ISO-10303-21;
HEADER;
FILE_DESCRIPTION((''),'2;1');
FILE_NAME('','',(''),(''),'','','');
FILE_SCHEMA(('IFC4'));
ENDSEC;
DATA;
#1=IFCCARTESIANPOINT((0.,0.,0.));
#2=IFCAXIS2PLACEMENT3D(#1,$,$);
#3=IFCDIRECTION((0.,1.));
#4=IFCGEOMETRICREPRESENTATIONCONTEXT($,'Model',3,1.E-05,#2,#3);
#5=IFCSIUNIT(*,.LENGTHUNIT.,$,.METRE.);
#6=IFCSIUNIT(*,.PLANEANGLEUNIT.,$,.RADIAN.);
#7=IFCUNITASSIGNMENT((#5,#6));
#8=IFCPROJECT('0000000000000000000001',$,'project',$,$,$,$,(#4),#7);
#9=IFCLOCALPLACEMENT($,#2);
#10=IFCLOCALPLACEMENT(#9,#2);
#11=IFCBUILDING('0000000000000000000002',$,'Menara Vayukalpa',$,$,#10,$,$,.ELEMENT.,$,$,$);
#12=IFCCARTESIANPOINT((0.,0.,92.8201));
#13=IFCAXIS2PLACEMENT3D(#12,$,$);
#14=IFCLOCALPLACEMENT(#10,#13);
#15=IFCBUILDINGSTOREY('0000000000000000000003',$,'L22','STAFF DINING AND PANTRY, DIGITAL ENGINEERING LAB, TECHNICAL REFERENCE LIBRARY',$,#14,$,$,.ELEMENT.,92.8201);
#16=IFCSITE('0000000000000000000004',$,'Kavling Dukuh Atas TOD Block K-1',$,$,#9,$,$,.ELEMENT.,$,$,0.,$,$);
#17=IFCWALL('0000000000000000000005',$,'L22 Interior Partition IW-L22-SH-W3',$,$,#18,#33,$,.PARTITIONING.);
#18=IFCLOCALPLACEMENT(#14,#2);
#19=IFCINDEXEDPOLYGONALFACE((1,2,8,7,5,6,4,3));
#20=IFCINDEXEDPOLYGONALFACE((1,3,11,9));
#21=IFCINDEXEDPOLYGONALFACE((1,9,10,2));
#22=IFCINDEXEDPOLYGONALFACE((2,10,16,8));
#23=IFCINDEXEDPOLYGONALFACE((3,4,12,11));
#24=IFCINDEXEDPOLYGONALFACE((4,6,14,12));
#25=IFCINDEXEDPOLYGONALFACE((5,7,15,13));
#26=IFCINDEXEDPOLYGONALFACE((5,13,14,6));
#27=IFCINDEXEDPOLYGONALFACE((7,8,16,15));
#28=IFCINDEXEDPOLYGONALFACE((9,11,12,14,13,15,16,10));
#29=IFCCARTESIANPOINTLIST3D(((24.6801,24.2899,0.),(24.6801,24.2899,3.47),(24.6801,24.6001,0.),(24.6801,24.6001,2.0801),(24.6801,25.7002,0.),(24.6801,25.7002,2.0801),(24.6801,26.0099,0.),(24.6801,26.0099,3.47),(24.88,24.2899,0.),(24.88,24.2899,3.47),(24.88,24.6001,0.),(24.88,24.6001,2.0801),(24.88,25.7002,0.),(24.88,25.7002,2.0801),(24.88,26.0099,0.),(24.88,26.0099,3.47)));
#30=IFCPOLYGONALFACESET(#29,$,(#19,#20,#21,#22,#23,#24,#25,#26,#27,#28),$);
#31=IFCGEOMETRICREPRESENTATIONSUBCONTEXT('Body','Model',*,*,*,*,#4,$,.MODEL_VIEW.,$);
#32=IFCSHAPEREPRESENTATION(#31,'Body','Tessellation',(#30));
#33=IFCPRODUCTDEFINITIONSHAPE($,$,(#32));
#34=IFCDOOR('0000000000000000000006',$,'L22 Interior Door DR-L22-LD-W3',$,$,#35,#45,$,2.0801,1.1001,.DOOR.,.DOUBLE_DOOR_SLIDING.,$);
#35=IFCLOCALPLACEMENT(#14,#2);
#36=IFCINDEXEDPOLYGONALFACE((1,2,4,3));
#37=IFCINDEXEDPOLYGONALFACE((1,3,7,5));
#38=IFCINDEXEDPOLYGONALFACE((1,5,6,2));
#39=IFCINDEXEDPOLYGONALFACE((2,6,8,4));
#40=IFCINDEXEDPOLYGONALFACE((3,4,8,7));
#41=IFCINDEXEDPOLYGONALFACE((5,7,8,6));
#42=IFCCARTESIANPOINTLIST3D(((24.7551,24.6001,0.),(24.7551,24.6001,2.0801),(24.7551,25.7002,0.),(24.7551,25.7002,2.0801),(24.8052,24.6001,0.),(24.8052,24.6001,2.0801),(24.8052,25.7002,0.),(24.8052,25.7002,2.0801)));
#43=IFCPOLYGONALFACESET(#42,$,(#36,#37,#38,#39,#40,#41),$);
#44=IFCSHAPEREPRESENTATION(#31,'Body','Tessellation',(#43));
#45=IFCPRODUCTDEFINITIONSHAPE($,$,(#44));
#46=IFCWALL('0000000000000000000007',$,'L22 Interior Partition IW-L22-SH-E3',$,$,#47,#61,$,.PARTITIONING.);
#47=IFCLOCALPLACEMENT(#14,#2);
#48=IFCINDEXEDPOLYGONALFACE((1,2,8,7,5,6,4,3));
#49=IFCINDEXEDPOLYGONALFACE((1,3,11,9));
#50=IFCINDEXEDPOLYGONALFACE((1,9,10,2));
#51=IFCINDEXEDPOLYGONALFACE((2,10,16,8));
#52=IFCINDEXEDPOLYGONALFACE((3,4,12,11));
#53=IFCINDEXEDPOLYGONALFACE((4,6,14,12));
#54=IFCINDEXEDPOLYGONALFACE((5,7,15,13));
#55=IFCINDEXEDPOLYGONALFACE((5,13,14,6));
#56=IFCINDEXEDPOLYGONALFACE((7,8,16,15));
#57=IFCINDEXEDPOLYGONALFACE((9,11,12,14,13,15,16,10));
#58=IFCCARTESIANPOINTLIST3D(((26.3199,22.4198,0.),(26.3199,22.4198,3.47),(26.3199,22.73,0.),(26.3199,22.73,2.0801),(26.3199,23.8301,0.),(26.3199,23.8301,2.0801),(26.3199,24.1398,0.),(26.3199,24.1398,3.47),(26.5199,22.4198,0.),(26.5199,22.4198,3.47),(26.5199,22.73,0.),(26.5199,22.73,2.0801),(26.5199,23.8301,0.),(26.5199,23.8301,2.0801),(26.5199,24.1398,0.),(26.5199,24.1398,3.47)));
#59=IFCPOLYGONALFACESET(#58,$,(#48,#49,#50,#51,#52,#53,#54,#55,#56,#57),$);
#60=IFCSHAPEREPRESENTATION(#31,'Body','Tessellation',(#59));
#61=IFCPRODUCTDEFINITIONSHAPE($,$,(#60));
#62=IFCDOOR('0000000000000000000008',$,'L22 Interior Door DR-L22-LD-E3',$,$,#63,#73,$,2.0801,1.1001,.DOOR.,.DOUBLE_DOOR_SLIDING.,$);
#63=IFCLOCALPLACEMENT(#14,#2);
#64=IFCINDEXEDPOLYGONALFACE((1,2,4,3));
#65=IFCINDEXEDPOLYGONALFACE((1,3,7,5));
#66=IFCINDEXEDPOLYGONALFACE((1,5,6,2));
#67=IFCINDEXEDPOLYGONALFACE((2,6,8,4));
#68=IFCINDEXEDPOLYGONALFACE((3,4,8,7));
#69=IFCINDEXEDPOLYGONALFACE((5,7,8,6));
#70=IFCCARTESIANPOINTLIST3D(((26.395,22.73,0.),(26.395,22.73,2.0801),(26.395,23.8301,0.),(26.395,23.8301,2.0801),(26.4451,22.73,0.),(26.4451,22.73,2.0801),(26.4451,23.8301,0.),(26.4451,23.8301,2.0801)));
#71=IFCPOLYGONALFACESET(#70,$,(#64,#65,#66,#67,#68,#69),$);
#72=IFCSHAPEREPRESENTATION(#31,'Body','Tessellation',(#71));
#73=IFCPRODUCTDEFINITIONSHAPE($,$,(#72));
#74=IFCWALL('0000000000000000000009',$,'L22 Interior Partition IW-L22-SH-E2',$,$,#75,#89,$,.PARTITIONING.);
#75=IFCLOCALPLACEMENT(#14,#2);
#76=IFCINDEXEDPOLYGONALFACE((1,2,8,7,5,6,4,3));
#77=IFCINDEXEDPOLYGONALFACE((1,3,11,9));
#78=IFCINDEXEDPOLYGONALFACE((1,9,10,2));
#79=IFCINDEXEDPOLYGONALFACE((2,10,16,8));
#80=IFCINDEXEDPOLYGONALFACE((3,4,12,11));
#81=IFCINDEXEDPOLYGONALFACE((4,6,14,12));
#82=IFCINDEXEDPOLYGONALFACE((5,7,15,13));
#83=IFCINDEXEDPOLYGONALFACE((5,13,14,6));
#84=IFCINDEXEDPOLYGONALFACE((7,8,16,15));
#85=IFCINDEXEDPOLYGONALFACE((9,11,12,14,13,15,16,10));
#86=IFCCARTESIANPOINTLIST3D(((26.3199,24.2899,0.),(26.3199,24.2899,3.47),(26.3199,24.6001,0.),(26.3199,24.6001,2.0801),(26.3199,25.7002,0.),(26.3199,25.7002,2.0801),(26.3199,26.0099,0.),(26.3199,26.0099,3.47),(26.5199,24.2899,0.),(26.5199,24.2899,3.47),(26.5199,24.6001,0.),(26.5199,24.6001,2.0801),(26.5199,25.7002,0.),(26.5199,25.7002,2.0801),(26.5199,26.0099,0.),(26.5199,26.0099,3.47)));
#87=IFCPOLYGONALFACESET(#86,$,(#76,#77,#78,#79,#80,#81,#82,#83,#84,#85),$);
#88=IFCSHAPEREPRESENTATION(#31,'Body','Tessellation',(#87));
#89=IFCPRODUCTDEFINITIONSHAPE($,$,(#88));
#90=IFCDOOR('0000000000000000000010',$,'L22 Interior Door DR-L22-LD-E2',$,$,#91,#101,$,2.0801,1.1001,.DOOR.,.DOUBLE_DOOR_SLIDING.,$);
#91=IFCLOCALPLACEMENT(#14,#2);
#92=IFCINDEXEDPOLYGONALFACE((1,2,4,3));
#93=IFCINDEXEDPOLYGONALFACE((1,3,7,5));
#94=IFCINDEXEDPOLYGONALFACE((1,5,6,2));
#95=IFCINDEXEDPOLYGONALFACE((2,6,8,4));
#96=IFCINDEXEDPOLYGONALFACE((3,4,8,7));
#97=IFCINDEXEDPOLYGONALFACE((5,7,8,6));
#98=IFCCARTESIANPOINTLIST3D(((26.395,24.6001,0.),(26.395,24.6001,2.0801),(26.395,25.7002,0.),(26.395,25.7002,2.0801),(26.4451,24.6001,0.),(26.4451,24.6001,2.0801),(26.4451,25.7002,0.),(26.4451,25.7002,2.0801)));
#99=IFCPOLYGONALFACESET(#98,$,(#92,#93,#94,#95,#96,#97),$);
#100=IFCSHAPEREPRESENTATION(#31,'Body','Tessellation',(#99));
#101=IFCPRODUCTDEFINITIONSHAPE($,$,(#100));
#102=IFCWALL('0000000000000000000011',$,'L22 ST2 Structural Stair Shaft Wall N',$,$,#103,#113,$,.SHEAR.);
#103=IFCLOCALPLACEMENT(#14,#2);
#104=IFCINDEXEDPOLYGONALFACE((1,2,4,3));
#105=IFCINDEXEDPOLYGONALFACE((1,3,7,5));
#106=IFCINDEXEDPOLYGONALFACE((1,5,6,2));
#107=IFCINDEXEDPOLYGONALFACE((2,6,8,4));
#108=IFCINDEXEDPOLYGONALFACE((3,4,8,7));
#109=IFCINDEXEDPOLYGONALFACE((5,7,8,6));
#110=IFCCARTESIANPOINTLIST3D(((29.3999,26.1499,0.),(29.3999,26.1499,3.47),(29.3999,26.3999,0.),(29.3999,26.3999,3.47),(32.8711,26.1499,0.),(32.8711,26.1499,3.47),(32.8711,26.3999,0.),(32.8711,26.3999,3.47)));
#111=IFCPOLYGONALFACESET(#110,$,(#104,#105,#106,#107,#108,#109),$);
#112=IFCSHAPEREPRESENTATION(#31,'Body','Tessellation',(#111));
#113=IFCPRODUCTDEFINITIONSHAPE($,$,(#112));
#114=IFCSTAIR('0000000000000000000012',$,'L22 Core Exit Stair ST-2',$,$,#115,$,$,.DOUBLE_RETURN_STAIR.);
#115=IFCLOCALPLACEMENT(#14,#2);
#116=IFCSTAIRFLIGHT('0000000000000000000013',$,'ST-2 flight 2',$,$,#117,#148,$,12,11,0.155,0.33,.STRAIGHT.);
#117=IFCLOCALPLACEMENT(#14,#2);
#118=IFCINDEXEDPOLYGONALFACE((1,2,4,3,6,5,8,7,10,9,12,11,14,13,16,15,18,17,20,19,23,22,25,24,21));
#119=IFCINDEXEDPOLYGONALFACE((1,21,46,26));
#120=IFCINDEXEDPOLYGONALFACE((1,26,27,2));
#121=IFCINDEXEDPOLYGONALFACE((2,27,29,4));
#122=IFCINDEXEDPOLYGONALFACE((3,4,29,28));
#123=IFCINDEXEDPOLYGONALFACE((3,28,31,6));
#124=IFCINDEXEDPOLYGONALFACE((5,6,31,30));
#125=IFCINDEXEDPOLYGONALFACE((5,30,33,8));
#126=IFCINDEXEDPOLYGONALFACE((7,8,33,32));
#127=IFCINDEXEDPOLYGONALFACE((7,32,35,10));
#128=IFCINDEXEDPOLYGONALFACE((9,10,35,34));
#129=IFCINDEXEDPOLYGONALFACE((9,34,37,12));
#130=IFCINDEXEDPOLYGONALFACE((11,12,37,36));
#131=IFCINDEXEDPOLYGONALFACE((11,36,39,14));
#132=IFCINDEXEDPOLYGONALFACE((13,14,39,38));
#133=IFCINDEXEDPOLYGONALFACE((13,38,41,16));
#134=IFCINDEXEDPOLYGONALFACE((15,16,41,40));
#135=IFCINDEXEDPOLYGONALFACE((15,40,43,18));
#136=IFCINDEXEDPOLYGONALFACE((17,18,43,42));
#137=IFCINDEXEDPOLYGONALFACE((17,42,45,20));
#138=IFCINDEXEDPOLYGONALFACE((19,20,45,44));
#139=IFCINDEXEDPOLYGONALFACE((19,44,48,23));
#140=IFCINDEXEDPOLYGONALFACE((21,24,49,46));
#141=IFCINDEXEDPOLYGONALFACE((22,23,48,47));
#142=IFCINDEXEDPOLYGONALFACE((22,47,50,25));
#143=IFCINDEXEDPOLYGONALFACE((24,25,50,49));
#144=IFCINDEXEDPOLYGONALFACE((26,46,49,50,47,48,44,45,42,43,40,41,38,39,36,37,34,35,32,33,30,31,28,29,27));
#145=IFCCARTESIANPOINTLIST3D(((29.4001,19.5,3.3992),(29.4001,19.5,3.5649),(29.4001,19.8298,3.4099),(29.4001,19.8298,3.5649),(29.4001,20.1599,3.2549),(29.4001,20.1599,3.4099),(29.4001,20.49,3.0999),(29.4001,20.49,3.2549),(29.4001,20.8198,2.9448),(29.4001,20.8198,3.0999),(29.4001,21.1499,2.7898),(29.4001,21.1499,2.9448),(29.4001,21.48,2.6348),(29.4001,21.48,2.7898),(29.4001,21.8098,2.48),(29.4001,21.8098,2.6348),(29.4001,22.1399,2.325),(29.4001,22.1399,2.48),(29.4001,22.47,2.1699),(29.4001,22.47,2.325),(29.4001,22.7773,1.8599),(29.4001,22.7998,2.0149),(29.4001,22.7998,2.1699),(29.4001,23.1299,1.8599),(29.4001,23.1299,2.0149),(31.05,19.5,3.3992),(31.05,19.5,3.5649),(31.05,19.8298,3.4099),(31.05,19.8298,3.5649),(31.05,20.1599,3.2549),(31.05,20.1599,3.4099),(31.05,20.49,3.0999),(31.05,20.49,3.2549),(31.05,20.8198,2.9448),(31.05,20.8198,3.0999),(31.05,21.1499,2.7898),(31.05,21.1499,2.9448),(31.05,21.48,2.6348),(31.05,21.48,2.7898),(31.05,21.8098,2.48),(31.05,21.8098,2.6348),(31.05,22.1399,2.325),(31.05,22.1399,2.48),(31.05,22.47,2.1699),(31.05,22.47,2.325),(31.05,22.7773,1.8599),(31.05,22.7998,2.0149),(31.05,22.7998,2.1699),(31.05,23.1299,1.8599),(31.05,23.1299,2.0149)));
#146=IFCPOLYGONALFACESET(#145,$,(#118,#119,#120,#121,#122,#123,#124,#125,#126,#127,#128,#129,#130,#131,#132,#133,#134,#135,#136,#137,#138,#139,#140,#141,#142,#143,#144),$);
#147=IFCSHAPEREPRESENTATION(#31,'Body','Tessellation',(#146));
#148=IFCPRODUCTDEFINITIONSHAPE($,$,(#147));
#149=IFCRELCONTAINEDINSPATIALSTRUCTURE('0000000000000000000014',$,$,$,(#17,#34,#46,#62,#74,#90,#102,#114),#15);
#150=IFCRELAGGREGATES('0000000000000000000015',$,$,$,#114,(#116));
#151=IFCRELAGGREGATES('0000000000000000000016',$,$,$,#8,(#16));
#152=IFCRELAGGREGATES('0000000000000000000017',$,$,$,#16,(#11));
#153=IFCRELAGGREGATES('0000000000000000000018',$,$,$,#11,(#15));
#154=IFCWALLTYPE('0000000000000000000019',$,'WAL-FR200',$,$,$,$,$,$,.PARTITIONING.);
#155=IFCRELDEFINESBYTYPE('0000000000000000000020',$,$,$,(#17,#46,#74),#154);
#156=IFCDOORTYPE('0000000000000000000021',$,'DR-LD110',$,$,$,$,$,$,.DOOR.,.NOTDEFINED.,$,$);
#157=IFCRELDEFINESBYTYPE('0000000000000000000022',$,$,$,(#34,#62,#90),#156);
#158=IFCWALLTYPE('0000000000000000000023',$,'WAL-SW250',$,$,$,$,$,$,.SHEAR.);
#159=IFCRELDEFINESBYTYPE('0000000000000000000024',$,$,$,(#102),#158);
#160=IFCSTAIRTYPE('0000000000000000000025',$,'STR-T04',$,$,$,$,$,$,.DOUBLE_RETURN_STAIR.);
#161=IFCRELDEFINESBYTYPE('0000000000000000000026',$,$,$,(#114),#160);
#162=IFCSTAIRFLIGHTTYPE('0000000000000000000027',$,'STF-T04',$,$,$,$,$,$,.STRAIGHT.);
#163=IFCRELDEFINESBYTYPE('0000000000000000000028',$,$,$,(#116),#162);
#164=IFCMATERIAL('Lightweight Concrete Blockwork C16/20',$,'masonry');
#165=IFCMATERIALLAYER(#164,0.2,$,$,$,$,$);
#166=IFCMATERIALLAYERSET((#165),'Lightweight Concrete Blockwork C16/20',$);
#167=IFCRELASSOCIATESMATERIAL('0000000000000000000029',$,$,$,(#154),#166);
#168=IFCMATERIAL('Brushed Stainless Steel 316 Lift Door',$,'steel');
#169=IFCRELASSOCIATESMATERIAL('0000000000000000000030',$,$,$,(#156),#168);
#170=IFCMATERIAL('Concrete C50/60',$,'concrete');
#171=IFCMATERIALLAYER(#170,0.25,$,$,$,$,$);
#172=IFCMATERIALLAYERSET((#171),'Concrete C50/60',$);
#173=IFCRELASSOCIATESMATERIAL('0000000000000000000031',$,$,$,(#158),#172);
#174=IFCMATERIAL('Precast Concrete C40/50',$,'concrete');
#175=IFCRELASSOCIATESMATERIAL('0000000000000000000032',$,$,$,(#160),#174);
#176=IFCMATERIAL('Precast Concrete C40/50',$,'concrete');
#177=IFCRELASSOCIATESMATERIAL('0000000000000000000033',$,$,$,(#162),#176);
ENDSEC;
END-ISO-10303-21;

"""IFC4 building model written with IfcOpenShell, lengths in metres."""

from ifc_helpers import new_model, si_unit, direction, frame, frame_2d, origin, place, context, subcontext, project, spatial, polyline, rectangle, outline, extrude, material, layer, layer_set, type_object, element, fill, aggregate, save


model = new_model("IFC4")

# Units and contexts
model_context = context("Model", 3, precision=1e-05, world=origin(), true_north=direction((0.0, 1.0)))
body_context = subcontext(model_context, "Body", "Model", "MODEL_VIEW")
ifc_project = project(units=[si_unit("LENGTHUNIT", "METRE"), si_unit("PLANEANGLEUNIT", "RADIAN")], contexts=[model_context])

# Site, building, storey
site_placement = place(None, origin())
site = spatial("IfcSite", under=ifc_project, at=site_placement, Name="Kavling Dukuh Atas TOD Block K-1", CompositionType="ELEMENT", RefElevation=0.0)
building_placement = place(site_placement, origin())
building = spatial("IfcBuilding", under=site, at=building_placement, Name="Menara Vayukalpa", CompositionType="ELEMENT")
storey_placement = place(building_placement, frame((0.0, 0.0, 92.8201)))
storey = spatial("IfcBuildingStorey", under=building, at=storey_placement, Name="L22", Description="STAFF DINING AND PANTRY, DIGITAL ENGINEERING LAB, TECHNICAL REFERENCE LIBRARY", CompositionType="ELEMENT", Elevation=92.8201)

# Walls, openings, doors
ifc_material_1 = material(Name="Lightweight Concrete Blockwork C16/20", Category="masonry")
ifc_layer_1 = layer(ifc_material_1, 0.2)
ifc_layer_set_1 = layer_set([ifc_layer_1], Name="Lightweight Concrete Blockwork C16/20")
wall_type_1 = type_object("IfcWallType", Name="WAL-FR200", PredefinedType="PARTITIONING", material=ifc_layer_set_1)
ifc_material_2 = material(Name="Brushed Stainless Steel 316 Lift Door", Category="steel")
door_type = type_object("IfcDoorType", Name="DR-LD110", OperationType="NOTDEFINED", PredefinedType="DOOR", material=ifc_material_2)
wall_1_placement = place(storey_placement, frame((24.78, 24.29, 0.0), z_axis=(0.0, 0.0, 1.0), x_axis=(0.0, 1.0, 0.0)))
wall_1 = element("IfcWall", 1, at=wall_1_placement, inside=storey, type_object=wall_type_1, Name="L22 Interior Partition IW-L22-SH-W3", PredefinedType="PARTITIONING", context=body_context, shape_type="SweptSolid", body=[
    extrude(rectangle(XDim=1.72, YDim=0.2, at=frame_2d((0.8599, 0.0))), origin(), (0.0, 0.0, 1.0), 3.47),
])
opening_1_placement = place(wall_1_placement, frame((0.3101, 0.0, 0.0)))
opening_1 = element("IfcOpeningElement", 2, at=opening_1_placement, cuts=wall_1, PredefinedType="OPENING", context=body_context, shape_type="SweptSolid", body=[
    extrude(rectangle(XDim=1.1001, YDim=2.0801, at=frame_2d((0.55, 1.04))), frame((0.0, 0.1099, 0.0), z_axis=(0.0, -1.0, 0.0), x_axis=(1.0, 0.0, 0.0)), (0.0, 0.0, 1.0), 0.22),
])
door_1_placement = place(opening_1_placement, origin())
door_1 = element("IfcDoor", 3, at=door_1_placement, inside=storey, type_object=door_type, Name="L22 Interior Door DR-L22-LD-W3", OperationType="DOUBLE_DOOR_SLIDING", OverallHeight=2.0801, OverallWidth=1.1001, PredefinedType="DOOR", context=body_context, shape_type="SweptSolid", body=[
    extrude(rectangle(XDim=1.1001, YDim=2.0801, at=frame_2d((0.55, 1.04))), frame((0.0, 0.0249, 0.0), z_axis=(0.0, -1.0, 0.0), x_axis=(1.0, 0.0, 0.0)), (0.0, 0.0, 1.0), 0.05),
])
fill(opening_1, door_1)
wall_2_placement = place(storey_placement, frame((26.4199, 22.4199, 0.0), z_axis=(0.0, 0.0, 1.0), x_axis=(0.0, 1.0, 0.0)))
wall_2 = element("IfcWall", 4, at=wall_2_placement, inside=storey, type_object=wall_type_1, Name="L22 Interior Partition IW-L22-SH-E3", PredefinedType="PARTITIONING", context=body_context, shape_type="SweptSolid", body=[
    extrude(rectangle(XDim=1.72, YDim=0.2, at=frame_2d((0.8599, 0.0))), origin(), (0.0, 0.0, 1.0), 3.47),
])
opening_2_placement = place(wall_2_placement, frame((0.3101, 0.0, 0.0)))
opening_2 = element("IfcOpeningElement", 5, at=opening_2_placement, cuts=wall_2, PredefinedType="OPENING", context=body_context, shape_type="SweptSolid", body=[
    extrude(rectangle(XDim=1.1001, YDim=2.0801, at=frame_2d((0.55, 1.04))), frame((0.0, 0.1099, 0.0), z_axis=(0.0, -1.0, 0.0), x_axis=(1.0, 0.0, 0.0)), (0.0, 0.0, 1.0), 0.22),
])
door_2_placement = place(opening_2_placement, origin())
door_2 = element("IfcDoor", 6, at=door_2_placement, inside=storey, type_object=door_type, Name="L22 Interior Door DR-L22-LD-E3", OperationType="DOUBLE_DOOR_SLIDING", OverallHeight=2.0801, OverallWidth=1.1001, PredefinedType="DOOR", context=body_context, shape_type="SweptSolid", body=[
    extrude(rectangle(XDim=1.1001, YDim=2.0801, at=frame_2d((0.55, 1.04))), frame((0.0, 0.0249, 0.0), z_axis=(0.0, -1.0, 0.0), x_axis=(1.0, 0.0, 0.0)), (0.0, 0.0, 1.0), 0.05),
])
fill(opening_2, door_2)
wall_3_placement = place(storey_placement, frame((26.4199, 24.29, 0.0), z_axis=(0.0, 0.0, 1.0), x_axis=(0.0, 1.0, 0.0)))
wall_3 = element("IfcWall", 7, at=wall_3_placement, inside=storey, type_object=wall_type_1, Name="L22 Interior Partition IW-L22-SH-E2", PredefinedType="PARTITIONING", context=body_context, shape_type="SweptSolid", body=[
    extrude(rectangle(XDim=1.72, YDim=0.2, at=frame_2d((0.8599, 0.0))), origin(), (0.0, 0.0, 1.0), 3.47),
])
opening_3_placement = place(wall_3_placement, frame((0.3101, 0.0, 0.0)))
opening_3 = element("IfcOpeningElement", 8, at=opening_3_placement, cuts=wall_3, PredefinedType="OPENING", context=body_context, shape_type="SweptSolid", body=[
    extrude(rectangle(XDim=1.1001, YDim=2.0801, at=frame_2d((0.55, 1.04))), frame((0.0, 0.1099, 0.0), z_axis=(0.0, -1.0, 0.0), x_axis=(1.0, 0.0, 0.0)), (0.0, 0.0, 1.0), 0.22),
])
door_3_placement = place(opening_3_placement, origin())
door_3 = element("IfcDoor", 9, at=door_3_placement, inside=storey, type_object=door_type, Name="L22 Interior Door DR-L22-LD-E2", OperationType="DOUBLE_DOOR_SLIDING", OverallHeight=2.0801, OverallWidth=1.1001, PredefinedType="DOOR", context=body_context, shape_type="SweptSolid", body=[
    extrude(rectangle(XDim=1.1001, YDim=2.0801, at=frame_2d((0.55, 1.04))), frame((0.0, 0.0249, 0.0), z_axis=(0.0, -1.0, 0.0), x_axis=(1.0, 0.0, 0.0)), (0.0, 0.0, 1.0), 0.05),
])
fill(opening_3, door_3)

# Wall
ifc_material_3 = material(Name="Concrete C50/60", Category="concrete")
ifc_layer_2 = layer(ifc_material_3, 0.25)
ifc_layer_set_2 = layer_set([ifc_layer_2], Name="Concrete C50/60")
wall_type_2 = type_object("IfcWallType", Name="WAL-SW250", PredefinedType="SHEAR", material=ifc_layer_set_2)
wall_4_placement = place(storey_placement, frame((29.3999, 26.2749, 0.0), z_axis=(0.0, 0.0, 1.0), x_axis=(1.0, 0.0, 0.0)))
element("IfcWall", 10, at=wall_4_placement, inside=storey, type_object=wall_type_2, Name="L22 ST2 Structural Stair Shaft Wall N", PredefinedType="SHEAR", context=body_context, shape_type="SweptSolid", body=[
    extrude(rectangle(XDim=3.4712, YDim=0.25, at=frame_2d((1.7356, 0.0))), origin(), (0.0, 0.0, 1.0), 3.47),
])

# Stair, stair flight
ifc_material_4 = material(Name="Precast Concrete C40/50", Category="concrete")
stair_type = type_object("IfcStairType", Name="STR-T04", PredefinedType="DOUBLE_RETURN_STAIR", material=ifc_material_4)
stair_placement = place(storey_placement, origin())
stair = element("IfcStair", 11, at=stair_placement, inside=storey, type_object=stair_type, Name="L22 Core Exit Stair ST-2", PredefinedType="DOUBLE_RETURN_STAIR")
ifc_material_5 = material(Name="Precast Concrete C40/50", Category="concrete")
stair_flight_type = type_object("IfcStairFlightType", Name="STF-T04", PredefinedType="STRAIGHT", material=ifc_material_5)
stair_flight_placement = place(storey_placement, frame((30.2251, 23.1299, 1.8599), z_axis=(0.0, 0.0, 1.0), x_axis=(0.0, -1.0, 0.0)))
stair_flight = element("IfcStairFlight", 12, at=stair_flight_placement, type_object=stair_flight_type, Name="ST-2 flight 2", NumberOfRisers=12, NumberOfTreads=11, PredefinedType="STRAIGHT", RiserHeight=0.155, TreadLength=0.33, context=body_context, shape_type="SweptSolid", body=[
    extrude(outline(polyline([(0.0, 0.0), (0.0, 0.155), (0.3301, 0.155), (0.3301, 0.3101), (0.6599, 0.3101), (0.6599, 0.4651), (0.99, 0.4651), (0.99, 0.6201), (1.3201, 0.6201), (1.3201, 0.7749), (1.6499, 0.7749), (1.6499, 0.9299), (1.98, 0.9299), (1.98, 1.085), (2.3101, 1.085), (2.3101, 1.24), (2.6399, 1.24), (2.6399, 1.395), (2.97, 1.395), (2.97, 1.55), (3.3, 1.55), (3.3, 1.7051), (3.6299, 1.7051), (3.6299, 1.8601), (3.6299, 1.5393), (0.3525, 0.0), (0.0, 0.0)])), frame((0.0, 0.825, 0.0), z_axis=(0.0, -1.0, 0.0), x_axis=(1.0, 0.0, 0.0)), (0.0, 0.0, 1.0), 1.6499),
])
aggregate(stair, [stair_flight])

save(model, "model.ifc")
